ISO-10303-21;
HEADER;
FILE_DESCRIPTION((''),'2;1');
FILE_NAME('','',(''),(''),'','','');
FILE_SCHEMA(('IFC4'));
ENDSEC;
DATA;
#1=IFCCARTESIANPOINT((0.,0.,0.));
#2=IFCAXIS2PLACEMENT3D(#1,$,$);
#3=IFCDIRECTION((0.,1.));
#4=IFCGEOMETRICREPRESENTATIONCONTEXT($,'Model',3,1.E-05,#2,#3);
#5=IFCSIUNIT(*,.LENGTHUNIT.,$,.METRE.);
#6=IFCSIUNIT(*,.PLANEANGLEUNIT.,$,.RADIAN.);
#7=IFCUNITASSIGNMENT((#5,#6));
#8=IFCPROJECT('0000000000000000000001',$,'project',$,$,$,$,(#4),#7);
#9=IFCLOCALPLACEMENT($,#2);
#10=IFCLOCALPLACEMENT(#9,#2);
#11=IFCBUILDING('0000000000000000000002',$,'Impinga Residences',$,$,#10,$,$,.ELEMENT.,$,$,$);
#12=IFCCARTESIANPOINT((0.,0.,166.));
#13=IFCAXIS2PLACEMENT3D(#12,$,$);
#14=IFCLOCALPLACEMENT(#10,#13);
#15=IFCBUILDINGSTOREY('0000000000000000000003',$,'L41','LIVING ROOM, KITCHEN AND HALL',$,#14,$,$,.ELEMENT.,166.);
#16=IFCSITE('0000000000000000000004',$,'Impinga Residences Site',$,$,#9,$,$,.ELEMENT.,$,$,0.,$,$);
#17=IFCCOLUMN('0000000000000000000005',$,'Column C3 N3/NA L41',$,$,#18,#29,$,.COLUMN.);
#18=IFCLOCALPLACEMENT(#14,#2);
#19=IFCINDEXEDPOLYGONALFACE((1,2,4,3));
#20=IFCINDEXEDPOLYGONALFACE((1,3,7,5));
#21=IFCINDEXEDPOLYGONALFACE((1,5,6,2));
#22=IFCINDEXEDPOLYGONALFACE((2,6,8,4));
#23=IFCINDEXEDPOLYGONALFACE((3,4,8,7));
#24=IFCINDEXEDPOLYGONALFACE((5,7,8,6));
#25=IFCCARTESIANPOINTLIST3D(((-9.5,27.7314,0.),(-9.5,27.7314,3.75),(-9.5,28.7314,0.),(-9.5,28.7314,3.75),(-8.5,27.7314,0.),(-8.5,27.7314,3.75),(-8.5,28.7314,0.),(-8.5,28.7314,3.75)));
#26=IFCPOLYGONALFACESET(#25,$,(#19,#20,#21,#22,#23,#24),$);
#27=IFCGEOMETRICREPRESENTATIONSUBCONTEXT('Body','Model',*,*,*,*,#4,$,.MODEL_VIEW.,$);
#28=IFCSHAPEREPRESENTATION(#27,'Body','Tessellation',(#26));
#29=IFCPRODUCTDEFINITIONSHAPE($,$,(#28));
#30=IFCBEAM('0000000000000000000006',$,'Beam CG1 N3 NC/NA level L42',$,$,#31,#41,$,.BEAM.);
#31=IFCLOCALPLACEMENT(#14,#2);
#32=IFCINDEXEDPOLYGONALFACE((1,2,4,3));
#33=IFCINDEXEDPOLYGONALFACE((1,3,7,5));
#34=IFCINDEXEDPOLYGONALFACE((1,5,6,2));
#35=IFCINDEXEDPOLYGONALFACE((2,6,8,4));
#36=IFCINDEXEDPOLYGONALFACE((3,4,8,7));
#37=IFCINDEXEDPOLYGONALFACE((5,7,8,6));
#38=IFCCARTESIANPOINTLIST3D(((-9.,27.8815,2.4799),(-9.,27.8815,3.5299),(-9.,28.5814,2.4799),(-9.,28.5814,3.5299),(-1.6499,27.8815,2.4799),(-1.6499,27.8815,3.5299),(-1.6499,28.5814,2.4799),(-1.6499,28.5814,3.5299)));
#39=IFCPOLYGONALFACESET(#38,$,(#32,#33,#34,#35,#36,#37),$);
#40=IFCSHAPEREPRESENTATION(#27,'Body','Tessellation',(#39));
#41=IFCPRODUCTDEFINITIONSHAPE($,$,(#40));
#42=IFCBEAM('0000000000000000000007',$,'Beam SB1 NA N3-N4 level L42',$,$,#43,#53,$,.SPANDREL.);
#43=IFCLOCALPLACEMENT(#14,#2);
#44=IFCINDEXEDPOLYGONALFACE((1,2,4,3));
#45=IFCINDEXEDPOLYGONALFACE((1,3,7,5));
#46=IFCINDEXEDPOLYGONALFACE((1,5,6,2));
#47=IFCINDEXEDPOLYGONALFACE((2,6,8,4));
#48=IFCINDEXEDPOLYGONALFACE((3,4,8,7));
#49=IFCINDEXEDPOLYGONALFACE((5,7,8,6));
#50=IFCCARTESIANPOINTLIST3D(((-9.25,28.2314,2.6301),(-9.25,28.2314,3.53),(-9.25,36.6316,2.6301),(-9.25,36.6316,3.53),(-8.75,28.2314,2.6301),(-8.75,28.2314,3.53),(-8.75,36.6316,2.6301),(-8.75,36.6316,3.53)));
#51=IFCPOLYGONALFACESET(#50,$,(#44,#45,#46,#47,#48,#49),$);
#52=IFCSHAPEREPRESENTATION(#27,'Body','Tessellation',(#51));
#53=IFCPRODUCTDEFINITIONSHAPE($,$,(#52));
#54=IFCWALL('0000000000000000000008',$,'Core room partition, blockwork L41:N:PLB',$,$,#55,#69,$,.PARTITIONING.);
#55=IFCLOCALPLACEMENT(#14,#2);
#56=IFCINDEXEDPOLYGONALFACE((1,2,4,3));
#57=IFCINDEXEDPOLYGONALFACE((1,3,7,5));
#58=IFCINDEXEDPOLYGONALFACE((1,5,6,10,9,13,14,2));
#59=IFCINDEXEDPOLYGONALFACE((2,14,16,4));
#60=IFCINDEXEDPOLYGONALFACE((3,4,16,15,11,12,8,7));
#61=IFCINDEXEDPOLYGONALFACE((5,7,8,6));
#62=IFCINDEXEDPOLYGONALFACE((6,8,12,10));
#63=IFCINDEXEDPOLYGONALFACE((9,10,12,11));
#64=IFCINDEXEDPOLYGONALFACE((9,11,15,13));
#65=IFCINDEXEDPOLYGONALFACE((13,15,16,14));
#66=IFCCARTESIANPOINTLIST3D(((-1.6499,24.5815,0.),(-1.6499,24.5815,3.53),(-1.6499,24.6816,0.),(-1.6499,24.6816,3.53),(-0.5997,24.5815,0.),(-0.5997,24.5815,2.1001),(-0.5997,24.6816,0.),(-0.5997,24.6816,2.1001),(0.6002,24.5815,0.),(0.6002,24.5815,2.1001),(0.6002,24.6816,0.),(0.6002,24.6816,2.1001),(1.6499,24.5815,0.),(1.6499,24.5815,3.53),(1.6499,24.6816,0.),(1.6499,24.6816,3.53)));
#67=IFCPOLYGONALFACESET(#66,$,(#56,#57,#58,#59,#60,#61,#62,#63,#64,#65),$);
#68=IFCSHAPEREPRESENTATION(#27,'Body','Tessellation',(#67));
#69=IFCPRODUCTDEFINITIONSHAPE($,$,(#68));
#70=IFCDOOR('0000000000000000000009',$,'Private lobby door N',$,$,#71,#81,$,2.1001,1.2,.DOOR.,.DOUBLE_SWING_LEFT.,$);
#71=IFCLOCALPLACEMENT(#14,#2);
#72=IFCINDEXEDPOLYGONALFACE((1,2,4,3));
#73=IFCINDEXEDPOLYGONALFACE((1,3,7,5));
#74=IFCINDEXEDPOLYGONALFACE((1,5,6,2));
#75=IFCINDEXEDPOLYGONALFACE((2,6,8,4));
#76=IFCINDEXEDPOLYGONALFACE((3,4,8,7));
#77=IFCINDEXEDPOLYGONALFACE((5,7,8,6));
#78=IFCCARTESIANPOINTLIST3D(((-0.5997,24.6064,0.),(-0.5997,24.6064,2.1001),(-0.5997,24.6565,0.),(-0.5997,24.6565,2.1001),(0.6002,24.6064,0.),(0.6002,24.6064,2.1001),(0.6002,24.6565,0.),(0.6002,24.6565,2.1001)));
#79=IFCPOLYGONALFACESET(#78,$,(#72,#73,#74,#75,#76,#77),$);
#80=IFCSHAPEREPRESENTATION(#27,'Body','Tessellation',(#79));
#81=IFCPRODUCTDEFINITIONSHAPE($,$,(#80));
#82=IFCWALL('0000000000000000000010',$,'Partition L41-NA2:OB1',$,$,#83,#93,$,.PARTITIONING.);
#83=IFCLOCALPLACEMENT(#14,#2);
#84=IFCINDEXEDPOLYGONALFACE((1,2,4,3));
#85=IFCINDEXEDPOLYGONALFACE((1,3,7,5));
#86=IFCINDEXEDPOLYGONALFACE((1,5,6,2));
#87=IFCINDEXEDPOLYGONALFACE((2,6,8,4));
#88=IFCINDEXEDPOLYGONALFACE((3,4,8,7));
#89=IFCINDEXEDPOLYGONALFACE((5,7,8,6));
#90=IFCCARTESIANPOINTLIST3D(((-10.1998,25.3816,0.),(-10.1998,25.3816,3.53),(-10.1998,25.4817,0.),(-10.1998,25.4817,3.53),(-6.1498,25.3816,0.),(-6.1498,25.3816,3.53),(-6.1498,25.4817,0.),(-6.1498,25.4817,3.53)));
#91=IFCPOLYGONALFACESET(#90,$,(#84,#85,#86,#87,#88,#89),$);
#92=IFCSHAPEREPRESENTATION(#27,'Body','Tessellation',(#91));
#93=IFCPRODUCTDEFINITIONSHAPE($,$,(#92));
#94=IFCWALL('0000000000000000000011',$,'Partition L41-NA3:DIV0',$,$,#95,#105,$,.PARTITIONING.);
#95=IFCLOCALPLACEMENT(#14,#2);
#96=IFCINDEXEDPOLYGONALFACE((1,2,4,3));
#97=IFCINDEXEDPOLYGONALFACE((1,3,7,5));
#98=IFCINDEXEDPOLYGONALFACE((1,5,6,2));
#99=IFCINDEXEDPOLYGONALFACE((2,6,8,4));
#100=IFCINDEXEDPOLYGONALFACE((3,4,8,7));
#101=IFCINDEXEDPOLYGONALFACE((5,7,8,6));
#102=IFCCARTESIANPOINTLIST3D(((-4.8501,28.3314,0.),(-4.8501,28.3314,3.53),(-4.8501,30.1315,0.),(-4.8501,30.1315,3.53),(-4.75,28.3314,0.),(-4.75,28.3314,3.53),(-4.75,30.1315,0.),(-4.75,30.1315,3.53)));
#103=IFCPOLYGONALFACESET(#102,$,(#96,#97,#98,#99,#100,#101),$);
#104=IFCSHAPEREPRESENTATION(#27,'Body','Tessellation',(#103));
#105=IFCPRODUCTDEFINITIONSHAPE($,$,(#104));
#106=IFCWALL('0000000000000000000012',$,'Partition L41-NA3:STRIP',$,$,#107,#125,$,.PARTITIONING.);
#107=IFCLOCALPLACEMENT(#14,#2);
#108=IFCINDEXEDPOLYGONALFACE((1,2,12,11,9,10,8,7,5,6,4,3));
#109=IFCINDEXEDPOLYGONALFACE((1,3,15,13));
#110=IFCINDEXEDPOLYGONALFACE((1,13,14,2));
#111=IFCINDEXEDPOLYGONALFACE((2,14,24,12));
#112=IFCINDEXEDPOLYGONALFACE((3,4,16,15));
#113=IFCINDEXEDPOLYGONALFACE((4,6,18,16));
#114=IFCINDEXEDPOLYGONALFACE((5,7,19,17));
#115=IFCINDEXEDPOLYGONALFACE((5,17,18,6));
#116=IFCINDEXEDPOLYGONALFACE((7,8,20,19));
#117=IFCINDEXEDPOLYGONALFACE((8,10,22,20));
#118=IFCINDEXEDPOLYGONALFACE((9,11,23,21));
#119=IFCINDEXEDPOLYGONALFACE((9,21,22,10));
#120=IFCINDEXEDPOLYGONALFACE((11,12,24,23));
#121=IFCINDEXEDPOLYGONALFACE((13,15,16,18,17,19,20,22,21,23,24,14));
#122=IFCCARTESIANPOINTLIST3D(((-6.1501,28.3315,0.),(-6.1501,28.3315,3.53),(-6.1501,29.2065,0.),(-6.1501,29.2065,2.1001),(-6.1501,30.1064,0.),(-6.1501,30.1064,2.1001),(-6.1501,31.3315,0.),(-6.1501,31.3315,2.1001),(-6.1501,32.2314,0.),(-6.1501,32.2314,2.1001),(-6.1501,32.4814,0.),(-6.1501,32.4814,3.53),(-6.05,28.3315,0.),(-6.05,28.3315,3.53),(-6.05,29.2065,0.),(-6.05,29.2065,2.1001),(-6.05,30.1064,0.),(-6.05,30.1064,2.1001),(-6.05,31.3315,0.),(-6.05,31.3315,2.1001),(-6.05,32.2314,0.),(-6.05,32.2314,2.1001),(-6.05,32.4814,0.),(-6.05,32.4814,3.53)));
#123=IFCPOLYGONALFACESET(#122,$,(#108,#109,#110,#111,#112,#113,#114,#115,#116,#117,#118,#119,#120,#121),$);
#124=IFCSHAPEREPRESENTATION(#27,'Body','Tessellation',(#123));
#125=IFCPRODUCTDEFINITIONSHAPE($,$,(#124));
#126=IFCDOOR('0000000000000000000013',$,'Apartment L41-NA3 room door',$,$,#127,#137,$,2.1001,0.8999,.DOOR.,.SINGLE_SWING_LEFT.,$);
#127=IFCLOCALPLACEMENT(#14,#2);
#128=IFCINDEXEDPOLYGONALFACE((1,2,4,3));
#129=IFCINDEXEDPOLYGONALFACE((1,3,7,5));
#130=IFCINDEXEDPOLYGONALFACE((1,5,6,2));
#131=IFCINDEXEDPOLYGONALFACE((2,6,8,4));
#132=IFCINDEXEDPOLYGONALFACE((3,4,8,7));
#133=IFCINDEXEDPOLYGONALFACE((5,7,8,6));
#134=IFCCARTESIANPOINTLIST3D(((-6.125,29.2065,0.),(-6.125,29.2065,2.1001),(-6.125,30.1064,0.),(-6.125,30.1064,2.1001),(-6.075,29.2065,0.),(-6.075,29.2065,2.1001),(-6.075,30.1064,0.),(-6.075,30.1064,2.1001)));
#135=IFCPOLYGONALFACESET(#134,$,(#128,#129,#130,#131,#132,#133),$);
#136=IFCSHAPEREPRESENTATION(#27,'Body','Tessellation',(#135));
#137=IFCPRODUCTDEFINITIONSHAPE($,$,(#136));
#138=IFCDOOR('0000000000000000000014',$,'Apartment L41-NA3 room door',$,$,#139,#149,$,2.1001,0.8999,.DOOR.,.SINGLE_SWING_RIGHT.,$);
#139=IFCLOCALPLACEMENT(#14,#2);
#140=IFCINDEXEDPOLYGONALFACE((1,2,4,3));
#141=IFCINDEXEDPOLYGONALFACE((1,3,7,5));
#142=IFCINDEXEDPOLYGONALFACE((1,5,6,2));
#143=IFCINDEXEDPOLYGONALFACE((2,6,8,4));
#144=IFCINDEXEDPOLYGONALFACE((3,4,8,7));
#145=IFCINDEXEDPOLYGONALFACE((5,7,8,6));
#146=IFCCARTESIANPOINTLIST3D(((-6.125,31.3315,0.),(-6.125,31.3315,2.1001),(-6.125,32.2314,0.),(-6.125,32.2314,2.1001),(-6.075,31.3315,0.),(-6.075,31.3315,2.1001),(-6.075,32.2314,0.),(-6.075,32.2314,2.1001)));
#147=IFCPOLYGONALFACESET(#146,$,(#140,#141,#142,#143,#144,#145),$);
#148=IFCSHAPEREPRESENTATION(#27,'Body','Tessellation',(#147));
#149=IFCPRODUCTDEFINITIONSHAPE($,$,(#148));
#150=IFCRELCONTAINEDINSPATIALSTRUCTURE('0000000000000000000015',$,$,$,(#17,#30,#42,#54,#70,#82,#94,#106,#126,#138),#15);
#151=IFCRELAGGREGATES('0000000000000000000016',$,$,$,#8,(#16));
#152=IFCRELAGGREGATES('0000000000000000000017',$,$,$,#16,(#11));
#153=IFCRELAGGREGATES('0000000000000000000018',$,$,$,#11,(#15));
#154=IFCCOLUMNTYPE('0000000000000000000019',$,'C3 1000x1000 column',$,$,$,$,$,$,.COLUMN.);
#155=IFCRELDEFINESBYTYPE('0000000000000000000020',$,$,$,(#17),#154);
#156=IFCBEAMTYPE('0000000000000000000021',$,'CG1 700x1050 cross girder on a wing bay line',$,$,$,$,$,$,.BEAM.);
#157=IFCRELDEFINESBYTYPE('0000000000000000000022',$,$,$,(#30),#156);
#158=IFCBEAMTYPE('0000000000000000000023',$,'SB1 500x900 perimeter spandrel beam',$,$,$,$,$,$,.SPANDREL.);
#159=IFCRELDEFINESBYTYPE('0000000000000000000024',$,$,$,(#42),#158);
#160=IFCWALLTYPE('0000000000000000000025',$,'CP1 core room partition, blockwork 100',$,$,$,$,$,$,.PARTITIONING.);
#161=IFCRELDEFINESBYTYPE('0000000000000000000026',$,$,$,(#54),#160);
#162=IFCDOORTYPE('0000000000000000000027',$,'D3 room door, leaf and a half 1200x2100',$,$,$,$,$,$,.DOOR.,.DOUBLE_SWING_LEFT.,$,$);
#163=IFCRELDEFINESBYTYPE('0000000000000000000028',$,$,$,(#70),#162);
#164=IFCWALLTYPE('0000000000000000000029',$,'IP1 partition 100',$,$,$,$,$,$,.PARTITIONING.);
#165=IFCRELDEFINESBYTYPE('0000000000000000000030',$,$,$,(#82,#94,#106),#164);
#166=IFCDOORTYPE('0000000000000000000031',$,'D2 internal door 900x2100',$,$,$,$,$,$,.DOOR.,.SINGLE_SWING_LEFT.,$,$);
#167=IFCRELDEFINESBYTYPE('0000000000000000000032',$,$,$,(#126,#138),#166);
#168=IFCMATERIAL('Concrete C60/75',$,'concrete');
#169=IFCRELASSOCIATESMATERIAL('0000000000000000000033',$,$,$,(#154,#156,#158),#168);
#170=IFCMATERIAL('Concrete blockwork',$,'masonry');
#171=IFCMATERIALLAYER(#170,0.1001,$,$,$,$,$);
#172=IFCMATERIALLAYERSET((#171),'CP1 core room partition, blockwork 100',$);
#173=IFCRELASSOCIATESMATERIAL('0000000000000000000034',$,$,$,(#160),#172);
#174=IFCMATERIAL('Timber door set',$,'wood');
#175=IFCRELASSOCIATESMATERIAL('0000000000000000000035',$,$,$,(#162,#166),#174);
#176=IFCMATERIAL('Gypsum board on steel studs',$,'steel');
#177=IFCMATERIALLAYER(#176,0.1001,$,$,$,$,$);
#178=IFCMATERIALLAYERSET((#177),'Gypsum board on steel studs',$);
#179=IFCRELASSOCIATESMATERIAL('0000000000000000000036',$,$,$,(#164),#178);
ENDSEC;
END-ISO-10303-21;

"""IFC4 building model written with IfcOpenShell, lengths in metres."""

from ifc_helpers import new_model, si_unit, direction, frame, frame_2d, origin, origin_2d, place, context, subcontext, project, spatial, rectangle, extrude, material, layer, layer_set, material_profile, profile_set, type_object, element, fill, save


model = new_model("IFC4")

# Units and contexts
model_context = context("Model", 3, precision=1e-05, world=origin(), true_north=direction((0.0, 1.0)))
body_context = subcontext(model_context, "Body", "Model", "MODEL_VIEW")
ifc_project = project(units=[si_unit("LENGTHUNIT", "METRE"), si_unit("PLANEANGLEUNIT", "RADIAN")], contexts=[model_context])

# Site, building, storey
site_placement = place(None, origin())
site = spatial("IfcSite", under=ifc_project, at=site_placement, Name="Impinga Residences Site", CompositionType="ELEMENT", RefElevation=0.0)
building_placement = place(site_placement, origin())
building = spatial("IfcBuilding", under=site, at=building_placement, Name="Impinga Residences", CompositionType="ELEMENT")
storey_placement = place(building_placement, frame((0.0, 0.0, 166.0)))
storey = spatial("IfcBuildingStorey", under=building, at=storey_placement, Name="L41", Description="LIVING ROOM, KITCHEN AND HALL", CompositionType="ELEMENT", Elevation=166.0)

# Column
ifc_material_1 = material(Name="Concrete C60/75", Category="concrete")
ifc_material_profile_1 = material_profile(ifc_material_1, rectangle(XDim=1.0, YDim=1.0, at=origin_2d()), Name="RC 1000x1000")
ifc_profile_set_1 = profile_set([ifc_material_profile_1], Name="Concrete C60/75")
column_type = type_object("IfcColumnType", Name="C3 1000x1000 column", PredefinedType="COLUMN", material=ifc_profile_set_1)
column_placement = place(storey_placement, frame((-9.0, 28.2314, 0.0), z_axis=(0.0, 0.0, 1.0), x_axis=(1.0, 0.0, 0.0)))
element("IfcColumn", 1, at=column_placement, inside=storey, type_object=column_type, Name="Column C3 N3/NA L41", PredefinedType="COLUMN", context=body_context, shape_type="SweptSolid", body=[
    extrude(rectangle(XDim=1.0, YDim=1.0, at=origin_2d()), origin(), (0.0, 0.0, 1.0), 3.75),
])

# Beams
ifc_material_profile_2 = material_profile(ifc_material_1, rectangle(XDim=0.7, YDim=1.05, at=origin_2d()), Name="RC 700x1050")
ifc_profile_set_2 = profile_set([ifc_material_profile_2], Name="Concrete C60/75")
beam_type_1 = type_object("IfcBeamType", Name="CG1 700x1050 cross girder on a wing bay line", PredefinedType="BEAM", material=ifc_profile_set_2)
beam_1_placement = place(storey_placement, frame((-1.6499, 28.2314, 3.0049), z_axis=(-1.0, 0.0, 0.0), x_axis=(0.0, -1.0, 0.0)))
element("IfcBeam", 2, at=beam_1_placement, inside=storey, type_object=beam_type_1, Name="Beam CG1 N3 NC/NA level L42", PredefinedType="BEAM", context=body_context, shape_type="SweptSolid", body=[
    extrude(rectangle(XDim=0.7, YDim=1.05, at=origin_2d()), origin(), (0.0, 0.0, 1.0), 7.3501),
])
ifc_material_profile_3 = material_profile(ifc_material_1, rectangle(XDim=0.5, YDim=0.8999, at=origin_2d()), Name="RC 500x900")
ifc_profile_set_3 = profile_set([ifc_material_profile_3], Name="Concrete C60/75")
beam_type_2 = type_object("IfcBeamType", Name="SB1 500x900 perimeter spandrel beam", PredefinedType="SPANDREL", material=ifc_profile_set_3)
beam_2_placement = place(storey_placement, frame((-9.0, 28.2314, 3.0801), z_axis=(0.0, 1.0, 0.0), x_axis=(-1.0, 0.0, 0.0)))
element("IfcBeam", 3, at=beam_2_placement, inside=storey, type_object=beam_type_2, Name="Beam SB1 NA N3-N4 level L42", PredefinedType="SPANDREL", context=body_context, shape_type="SweptSolid", body=[
    extrude(rectangle(XDim=0.5, YDim=0.8999, at=origin_2d()), origin(), (0.0, 0.0, 1.0), 8.4001),
])

# Wall, opening, door
ifc_material_2 = material(Name="Concrete blockwork", Category="masonry")
ifc_layer_1 = layer(ifc_material_2, 0.1001)
ifc_layer_set_1 = layer_set([ifc_layer_1], Name="CP1 core room partition, blockwork 100")
wall_type_1 = type_object("IfcWallType", Name="CP1 core room partition, blockwork 100", PredefinedType="PARTITIONING", material=ifc_layer_set_1)
wall_1_placement = place(storey_placement, frame((-1.6499, 24.6316, 0.0), z_axis=(0.0, 0.0, 1.0), x_axis=(1.0, 0.0, 0.0)))
wall_1 = element("IfcWall", 4, at=wall_1_placement, inside=storey, type_object=wall_type_1, Name="Core room partition, blockwork L41:N:PLB", PredefinedType="PARTITIONING", context=body_context, shape_type="SweptSolid", body=[
    extrude(rectangle(XDim=3.2998, YDim=0.1001, at=frame_2d((1.6499, 0.0))), origin(), (0.0, 0.0, 1.0), 3.53),
])
opening_1_placement = place(wall_1_placement, frame((1.05, 0.0, 0.0)))
opening_1 = element("IfcOpeningElement", 5, at=opening_1_placement, cuts=wall_1, PredefinedType="OPENING", context=body_context, shape_type="SweptSolid", body=[
    extrude(rectangle(XDim=1.2, YDim=2.1001, at=frame_2d((0.6001, 1.05))), frame((0.0, 0.0601, 0.0), z_axis=(0.0, -1.0, 0.0), x_axis=(1.0, 0.0, 0.0)), (0.0, 0.0, 1.0), 0.1201),
])
ifc_material_3 = material(Name="Timber door set", Category="wood")
door_type_1 = type_object("IfcDoorType", Name="D3 room door, leaf and a half 1200x2100", OperationType="DOUBLE_SWING_LEFT", PredefinedType="DOOR", material=ifc_material_3)
door_1_placement = place(opening_1_placement, origin())
door_1 = element("IfcDoor", 6, at=door_1_placement, inside=storey, type_object=door_type_1, Name="Private lobby door N", OperationType="DOUBLE_SWING_LEFT", OverallHeight=2.1001, OverallWidth=1.2, PredefinedType="DOOR", context=body_context, shape_type="SweptSolid", body=[
    extrude(rectangle(XDim=1.2, YDim=2.1001, at=frame_2d((0.6001, 1.05))), frame((0.0, 0.0249, 0.0), z_axis=(0.0, -1.0, 0.0), x_axis=(1.0, 0.0, 0.0)), (0.0, 0.0, 1.0), 0.05),
])
fill(opening_1, door_1)

# Walls
ifc_material_4 = material(Name="Gypsum board on steel studs", Category="steel")
ifc_layer_2 = layer(ifc_material_4, 0.1001)
ifc_layer_set_2 = layer_set([ifc_layer_2], Name="Gypsum board on steel studs")
wall_type_2 = type_object("IfcWallType", Name="IP1 partition 100", PredefinedType="PARTITIONING", material=ifc_layer_set_2)
wall_2_placement = place(storey_placement, frame((-6.1499, 25.4316, 0.0), z_axis=(0.0, 0.0, 1.0), x_axis=(-1.0, 0.0, 0.0)))
element("IfcWall", 7, at=wall_2_placement, inside=storey, type_object=wall_type_2, Name="Partition L41-NA2:OB1", PredefinedType="PARTITIONING", context=body_context, shape_type="SweptSolid", body=[
    extrude(rectangle(XDim=4.05, YDim=0.1001, at=frame_2d((2.0249, 0.0))), origin(), (0.0, 0.0, 1.0), 3.53),
])
wall_3_placement = place(storey_placement, frame((-4.8, 28.3315, 0.0), z_axis=(0.0, 0.0, 1.0), x_axis=(0.0, 1.0, 0.0)))
element("IfcWall", 8, at=wall_3_placement, inside=storey, type_object=wall_type_2, Name="Partition L41-NA3:DIV0", PredefinedType="PARTITIONING", context=body_context, shape_type="SweptSolid", body=[
    extrude(rectangle(XDim=1.8, YDim=0.1001, at=frame_2d((0.8999, 0.0))), origin(), (0.0, 0.0, 1.0), 3.53),
])

# Wall, openings, doors
wall_4_placement = place(storey_placement, frame((-6.1001, 28.3315, 0.0), z_axis=(0.0, 0.0, 1.0), x_axis=(0.0, 1.0, 0.0)))
wall_4 = element("IfcWall", 9, at=wall_4_placement, inside=storey, type_object=wall_type_2, Name="Partition L41-NA3:STRIP", PredefinedType="PARTITIONING", context=body_context, shape_type="SweptSolid", body=[
    extrude(rectangle(XDim=4.1499, YDim=0.1001, at=frame_2d((2.075, 0.0))), origin(), (0.0, 0.0, 1.0), 3.53),
])
opening_2_placement = place(wall_4_placement, frame((0.875, 0.0, 0.0)))
opening_2 = element("IfcOpeningElement", 10, at=opening_2_placement, cuts=wall_4, PredefinedType="OPENING", context=body_context, shape_type="SweptSolid", body=[
    extrude(rectangle(XDim=0.8999, YDim=2.1001, at=frame_2d((0.45, 1.05))), frame((0.0, 0.0601, 0.0), z_axis=(0.0, -1.0, 0.0), x_axis=(1.0, 0.0, 0.0)), (0.0, 0.0, 1.0), 0.1201),
])
opening_3_placement = place(wall_4_placement, frame((3.0, 0.0, 0.0)))
opening_3 = element("IfcOpeningElement", 11, at=opening_3_placement, cuts=wall_4, PredefinedType="OPENING", context=body_context, shape_type="SweptSolid", body=[
    extrude(rectangle(XDim=0.8999, YDim=2.1001, at=frame_2d((0.45, 1.05))), frame((0.0, 0.0601, 0.0), z_axis=(0.0, -1.0, 0.0), x_axis=(1.0, 0.0, 0.0)), (0.0, 0.0, 1.0), 0.1201),
])
door_type_2 = type_object("IfcDoorType", Name="D2 internal door 900x2100", OperationType="SINGLE_SWING_LEFT", PredefinedType="DOOR", material=ifc_material_3)
door_2_placement = place(opening_2_placement, origin())
door_2 = element("IfcDoor", 12, at=door_2_placement, inside=storey, type_object=door_type_2, Name="Apartment L41-NA3 room door", OperationType="SINGLE_SWING_LEFT", OverallHeight=2.1001, OverallWidth=0.8999, PredefinedType="DOOR", context=body_context, shape_type="SweptSolid", body=[
    extrude(rectangle(XDim=0.8999, YDim=2.1001, at=frame_2d((0.45, 1.05))), frame((0.0, 0.0249, 0.0), z_axis=(0.0, -1.0, 0.0), x_axis=(1.0, 0.0, 0.0)), (0.0, 0.0, 1.0), 0.05),
])
fill(opening_2, door_2)
door_3_placement = place(opening_3_placement, origin())
door_3 = element("IfcDoor", 13, at=door_3_placement, inside=storey, type_object=door_type_2, Name="Apartment L41-NA3 room door", OperationType="SINGLE_SWING_RIGHT", OverallHeight=2.1001, OverallWidth=0.8999, PredefinedType="DOOR", context=body_context, shape_type="SweptSolid", body=[
    extrude(rectangle(XDim=0.8999, YDim=2.1001, at=frame_2d((0.45, 1.05))), frame((0.0, 0.0249, 0.0), z_axis=(0.0, -1.0, 0.0), x_axis=(1.0, 0.0, 0.0)), (0.0, 0.0, 1.0), 0.05),
])
fill(opening_3, door_3)

save(model, "model.ifc")
